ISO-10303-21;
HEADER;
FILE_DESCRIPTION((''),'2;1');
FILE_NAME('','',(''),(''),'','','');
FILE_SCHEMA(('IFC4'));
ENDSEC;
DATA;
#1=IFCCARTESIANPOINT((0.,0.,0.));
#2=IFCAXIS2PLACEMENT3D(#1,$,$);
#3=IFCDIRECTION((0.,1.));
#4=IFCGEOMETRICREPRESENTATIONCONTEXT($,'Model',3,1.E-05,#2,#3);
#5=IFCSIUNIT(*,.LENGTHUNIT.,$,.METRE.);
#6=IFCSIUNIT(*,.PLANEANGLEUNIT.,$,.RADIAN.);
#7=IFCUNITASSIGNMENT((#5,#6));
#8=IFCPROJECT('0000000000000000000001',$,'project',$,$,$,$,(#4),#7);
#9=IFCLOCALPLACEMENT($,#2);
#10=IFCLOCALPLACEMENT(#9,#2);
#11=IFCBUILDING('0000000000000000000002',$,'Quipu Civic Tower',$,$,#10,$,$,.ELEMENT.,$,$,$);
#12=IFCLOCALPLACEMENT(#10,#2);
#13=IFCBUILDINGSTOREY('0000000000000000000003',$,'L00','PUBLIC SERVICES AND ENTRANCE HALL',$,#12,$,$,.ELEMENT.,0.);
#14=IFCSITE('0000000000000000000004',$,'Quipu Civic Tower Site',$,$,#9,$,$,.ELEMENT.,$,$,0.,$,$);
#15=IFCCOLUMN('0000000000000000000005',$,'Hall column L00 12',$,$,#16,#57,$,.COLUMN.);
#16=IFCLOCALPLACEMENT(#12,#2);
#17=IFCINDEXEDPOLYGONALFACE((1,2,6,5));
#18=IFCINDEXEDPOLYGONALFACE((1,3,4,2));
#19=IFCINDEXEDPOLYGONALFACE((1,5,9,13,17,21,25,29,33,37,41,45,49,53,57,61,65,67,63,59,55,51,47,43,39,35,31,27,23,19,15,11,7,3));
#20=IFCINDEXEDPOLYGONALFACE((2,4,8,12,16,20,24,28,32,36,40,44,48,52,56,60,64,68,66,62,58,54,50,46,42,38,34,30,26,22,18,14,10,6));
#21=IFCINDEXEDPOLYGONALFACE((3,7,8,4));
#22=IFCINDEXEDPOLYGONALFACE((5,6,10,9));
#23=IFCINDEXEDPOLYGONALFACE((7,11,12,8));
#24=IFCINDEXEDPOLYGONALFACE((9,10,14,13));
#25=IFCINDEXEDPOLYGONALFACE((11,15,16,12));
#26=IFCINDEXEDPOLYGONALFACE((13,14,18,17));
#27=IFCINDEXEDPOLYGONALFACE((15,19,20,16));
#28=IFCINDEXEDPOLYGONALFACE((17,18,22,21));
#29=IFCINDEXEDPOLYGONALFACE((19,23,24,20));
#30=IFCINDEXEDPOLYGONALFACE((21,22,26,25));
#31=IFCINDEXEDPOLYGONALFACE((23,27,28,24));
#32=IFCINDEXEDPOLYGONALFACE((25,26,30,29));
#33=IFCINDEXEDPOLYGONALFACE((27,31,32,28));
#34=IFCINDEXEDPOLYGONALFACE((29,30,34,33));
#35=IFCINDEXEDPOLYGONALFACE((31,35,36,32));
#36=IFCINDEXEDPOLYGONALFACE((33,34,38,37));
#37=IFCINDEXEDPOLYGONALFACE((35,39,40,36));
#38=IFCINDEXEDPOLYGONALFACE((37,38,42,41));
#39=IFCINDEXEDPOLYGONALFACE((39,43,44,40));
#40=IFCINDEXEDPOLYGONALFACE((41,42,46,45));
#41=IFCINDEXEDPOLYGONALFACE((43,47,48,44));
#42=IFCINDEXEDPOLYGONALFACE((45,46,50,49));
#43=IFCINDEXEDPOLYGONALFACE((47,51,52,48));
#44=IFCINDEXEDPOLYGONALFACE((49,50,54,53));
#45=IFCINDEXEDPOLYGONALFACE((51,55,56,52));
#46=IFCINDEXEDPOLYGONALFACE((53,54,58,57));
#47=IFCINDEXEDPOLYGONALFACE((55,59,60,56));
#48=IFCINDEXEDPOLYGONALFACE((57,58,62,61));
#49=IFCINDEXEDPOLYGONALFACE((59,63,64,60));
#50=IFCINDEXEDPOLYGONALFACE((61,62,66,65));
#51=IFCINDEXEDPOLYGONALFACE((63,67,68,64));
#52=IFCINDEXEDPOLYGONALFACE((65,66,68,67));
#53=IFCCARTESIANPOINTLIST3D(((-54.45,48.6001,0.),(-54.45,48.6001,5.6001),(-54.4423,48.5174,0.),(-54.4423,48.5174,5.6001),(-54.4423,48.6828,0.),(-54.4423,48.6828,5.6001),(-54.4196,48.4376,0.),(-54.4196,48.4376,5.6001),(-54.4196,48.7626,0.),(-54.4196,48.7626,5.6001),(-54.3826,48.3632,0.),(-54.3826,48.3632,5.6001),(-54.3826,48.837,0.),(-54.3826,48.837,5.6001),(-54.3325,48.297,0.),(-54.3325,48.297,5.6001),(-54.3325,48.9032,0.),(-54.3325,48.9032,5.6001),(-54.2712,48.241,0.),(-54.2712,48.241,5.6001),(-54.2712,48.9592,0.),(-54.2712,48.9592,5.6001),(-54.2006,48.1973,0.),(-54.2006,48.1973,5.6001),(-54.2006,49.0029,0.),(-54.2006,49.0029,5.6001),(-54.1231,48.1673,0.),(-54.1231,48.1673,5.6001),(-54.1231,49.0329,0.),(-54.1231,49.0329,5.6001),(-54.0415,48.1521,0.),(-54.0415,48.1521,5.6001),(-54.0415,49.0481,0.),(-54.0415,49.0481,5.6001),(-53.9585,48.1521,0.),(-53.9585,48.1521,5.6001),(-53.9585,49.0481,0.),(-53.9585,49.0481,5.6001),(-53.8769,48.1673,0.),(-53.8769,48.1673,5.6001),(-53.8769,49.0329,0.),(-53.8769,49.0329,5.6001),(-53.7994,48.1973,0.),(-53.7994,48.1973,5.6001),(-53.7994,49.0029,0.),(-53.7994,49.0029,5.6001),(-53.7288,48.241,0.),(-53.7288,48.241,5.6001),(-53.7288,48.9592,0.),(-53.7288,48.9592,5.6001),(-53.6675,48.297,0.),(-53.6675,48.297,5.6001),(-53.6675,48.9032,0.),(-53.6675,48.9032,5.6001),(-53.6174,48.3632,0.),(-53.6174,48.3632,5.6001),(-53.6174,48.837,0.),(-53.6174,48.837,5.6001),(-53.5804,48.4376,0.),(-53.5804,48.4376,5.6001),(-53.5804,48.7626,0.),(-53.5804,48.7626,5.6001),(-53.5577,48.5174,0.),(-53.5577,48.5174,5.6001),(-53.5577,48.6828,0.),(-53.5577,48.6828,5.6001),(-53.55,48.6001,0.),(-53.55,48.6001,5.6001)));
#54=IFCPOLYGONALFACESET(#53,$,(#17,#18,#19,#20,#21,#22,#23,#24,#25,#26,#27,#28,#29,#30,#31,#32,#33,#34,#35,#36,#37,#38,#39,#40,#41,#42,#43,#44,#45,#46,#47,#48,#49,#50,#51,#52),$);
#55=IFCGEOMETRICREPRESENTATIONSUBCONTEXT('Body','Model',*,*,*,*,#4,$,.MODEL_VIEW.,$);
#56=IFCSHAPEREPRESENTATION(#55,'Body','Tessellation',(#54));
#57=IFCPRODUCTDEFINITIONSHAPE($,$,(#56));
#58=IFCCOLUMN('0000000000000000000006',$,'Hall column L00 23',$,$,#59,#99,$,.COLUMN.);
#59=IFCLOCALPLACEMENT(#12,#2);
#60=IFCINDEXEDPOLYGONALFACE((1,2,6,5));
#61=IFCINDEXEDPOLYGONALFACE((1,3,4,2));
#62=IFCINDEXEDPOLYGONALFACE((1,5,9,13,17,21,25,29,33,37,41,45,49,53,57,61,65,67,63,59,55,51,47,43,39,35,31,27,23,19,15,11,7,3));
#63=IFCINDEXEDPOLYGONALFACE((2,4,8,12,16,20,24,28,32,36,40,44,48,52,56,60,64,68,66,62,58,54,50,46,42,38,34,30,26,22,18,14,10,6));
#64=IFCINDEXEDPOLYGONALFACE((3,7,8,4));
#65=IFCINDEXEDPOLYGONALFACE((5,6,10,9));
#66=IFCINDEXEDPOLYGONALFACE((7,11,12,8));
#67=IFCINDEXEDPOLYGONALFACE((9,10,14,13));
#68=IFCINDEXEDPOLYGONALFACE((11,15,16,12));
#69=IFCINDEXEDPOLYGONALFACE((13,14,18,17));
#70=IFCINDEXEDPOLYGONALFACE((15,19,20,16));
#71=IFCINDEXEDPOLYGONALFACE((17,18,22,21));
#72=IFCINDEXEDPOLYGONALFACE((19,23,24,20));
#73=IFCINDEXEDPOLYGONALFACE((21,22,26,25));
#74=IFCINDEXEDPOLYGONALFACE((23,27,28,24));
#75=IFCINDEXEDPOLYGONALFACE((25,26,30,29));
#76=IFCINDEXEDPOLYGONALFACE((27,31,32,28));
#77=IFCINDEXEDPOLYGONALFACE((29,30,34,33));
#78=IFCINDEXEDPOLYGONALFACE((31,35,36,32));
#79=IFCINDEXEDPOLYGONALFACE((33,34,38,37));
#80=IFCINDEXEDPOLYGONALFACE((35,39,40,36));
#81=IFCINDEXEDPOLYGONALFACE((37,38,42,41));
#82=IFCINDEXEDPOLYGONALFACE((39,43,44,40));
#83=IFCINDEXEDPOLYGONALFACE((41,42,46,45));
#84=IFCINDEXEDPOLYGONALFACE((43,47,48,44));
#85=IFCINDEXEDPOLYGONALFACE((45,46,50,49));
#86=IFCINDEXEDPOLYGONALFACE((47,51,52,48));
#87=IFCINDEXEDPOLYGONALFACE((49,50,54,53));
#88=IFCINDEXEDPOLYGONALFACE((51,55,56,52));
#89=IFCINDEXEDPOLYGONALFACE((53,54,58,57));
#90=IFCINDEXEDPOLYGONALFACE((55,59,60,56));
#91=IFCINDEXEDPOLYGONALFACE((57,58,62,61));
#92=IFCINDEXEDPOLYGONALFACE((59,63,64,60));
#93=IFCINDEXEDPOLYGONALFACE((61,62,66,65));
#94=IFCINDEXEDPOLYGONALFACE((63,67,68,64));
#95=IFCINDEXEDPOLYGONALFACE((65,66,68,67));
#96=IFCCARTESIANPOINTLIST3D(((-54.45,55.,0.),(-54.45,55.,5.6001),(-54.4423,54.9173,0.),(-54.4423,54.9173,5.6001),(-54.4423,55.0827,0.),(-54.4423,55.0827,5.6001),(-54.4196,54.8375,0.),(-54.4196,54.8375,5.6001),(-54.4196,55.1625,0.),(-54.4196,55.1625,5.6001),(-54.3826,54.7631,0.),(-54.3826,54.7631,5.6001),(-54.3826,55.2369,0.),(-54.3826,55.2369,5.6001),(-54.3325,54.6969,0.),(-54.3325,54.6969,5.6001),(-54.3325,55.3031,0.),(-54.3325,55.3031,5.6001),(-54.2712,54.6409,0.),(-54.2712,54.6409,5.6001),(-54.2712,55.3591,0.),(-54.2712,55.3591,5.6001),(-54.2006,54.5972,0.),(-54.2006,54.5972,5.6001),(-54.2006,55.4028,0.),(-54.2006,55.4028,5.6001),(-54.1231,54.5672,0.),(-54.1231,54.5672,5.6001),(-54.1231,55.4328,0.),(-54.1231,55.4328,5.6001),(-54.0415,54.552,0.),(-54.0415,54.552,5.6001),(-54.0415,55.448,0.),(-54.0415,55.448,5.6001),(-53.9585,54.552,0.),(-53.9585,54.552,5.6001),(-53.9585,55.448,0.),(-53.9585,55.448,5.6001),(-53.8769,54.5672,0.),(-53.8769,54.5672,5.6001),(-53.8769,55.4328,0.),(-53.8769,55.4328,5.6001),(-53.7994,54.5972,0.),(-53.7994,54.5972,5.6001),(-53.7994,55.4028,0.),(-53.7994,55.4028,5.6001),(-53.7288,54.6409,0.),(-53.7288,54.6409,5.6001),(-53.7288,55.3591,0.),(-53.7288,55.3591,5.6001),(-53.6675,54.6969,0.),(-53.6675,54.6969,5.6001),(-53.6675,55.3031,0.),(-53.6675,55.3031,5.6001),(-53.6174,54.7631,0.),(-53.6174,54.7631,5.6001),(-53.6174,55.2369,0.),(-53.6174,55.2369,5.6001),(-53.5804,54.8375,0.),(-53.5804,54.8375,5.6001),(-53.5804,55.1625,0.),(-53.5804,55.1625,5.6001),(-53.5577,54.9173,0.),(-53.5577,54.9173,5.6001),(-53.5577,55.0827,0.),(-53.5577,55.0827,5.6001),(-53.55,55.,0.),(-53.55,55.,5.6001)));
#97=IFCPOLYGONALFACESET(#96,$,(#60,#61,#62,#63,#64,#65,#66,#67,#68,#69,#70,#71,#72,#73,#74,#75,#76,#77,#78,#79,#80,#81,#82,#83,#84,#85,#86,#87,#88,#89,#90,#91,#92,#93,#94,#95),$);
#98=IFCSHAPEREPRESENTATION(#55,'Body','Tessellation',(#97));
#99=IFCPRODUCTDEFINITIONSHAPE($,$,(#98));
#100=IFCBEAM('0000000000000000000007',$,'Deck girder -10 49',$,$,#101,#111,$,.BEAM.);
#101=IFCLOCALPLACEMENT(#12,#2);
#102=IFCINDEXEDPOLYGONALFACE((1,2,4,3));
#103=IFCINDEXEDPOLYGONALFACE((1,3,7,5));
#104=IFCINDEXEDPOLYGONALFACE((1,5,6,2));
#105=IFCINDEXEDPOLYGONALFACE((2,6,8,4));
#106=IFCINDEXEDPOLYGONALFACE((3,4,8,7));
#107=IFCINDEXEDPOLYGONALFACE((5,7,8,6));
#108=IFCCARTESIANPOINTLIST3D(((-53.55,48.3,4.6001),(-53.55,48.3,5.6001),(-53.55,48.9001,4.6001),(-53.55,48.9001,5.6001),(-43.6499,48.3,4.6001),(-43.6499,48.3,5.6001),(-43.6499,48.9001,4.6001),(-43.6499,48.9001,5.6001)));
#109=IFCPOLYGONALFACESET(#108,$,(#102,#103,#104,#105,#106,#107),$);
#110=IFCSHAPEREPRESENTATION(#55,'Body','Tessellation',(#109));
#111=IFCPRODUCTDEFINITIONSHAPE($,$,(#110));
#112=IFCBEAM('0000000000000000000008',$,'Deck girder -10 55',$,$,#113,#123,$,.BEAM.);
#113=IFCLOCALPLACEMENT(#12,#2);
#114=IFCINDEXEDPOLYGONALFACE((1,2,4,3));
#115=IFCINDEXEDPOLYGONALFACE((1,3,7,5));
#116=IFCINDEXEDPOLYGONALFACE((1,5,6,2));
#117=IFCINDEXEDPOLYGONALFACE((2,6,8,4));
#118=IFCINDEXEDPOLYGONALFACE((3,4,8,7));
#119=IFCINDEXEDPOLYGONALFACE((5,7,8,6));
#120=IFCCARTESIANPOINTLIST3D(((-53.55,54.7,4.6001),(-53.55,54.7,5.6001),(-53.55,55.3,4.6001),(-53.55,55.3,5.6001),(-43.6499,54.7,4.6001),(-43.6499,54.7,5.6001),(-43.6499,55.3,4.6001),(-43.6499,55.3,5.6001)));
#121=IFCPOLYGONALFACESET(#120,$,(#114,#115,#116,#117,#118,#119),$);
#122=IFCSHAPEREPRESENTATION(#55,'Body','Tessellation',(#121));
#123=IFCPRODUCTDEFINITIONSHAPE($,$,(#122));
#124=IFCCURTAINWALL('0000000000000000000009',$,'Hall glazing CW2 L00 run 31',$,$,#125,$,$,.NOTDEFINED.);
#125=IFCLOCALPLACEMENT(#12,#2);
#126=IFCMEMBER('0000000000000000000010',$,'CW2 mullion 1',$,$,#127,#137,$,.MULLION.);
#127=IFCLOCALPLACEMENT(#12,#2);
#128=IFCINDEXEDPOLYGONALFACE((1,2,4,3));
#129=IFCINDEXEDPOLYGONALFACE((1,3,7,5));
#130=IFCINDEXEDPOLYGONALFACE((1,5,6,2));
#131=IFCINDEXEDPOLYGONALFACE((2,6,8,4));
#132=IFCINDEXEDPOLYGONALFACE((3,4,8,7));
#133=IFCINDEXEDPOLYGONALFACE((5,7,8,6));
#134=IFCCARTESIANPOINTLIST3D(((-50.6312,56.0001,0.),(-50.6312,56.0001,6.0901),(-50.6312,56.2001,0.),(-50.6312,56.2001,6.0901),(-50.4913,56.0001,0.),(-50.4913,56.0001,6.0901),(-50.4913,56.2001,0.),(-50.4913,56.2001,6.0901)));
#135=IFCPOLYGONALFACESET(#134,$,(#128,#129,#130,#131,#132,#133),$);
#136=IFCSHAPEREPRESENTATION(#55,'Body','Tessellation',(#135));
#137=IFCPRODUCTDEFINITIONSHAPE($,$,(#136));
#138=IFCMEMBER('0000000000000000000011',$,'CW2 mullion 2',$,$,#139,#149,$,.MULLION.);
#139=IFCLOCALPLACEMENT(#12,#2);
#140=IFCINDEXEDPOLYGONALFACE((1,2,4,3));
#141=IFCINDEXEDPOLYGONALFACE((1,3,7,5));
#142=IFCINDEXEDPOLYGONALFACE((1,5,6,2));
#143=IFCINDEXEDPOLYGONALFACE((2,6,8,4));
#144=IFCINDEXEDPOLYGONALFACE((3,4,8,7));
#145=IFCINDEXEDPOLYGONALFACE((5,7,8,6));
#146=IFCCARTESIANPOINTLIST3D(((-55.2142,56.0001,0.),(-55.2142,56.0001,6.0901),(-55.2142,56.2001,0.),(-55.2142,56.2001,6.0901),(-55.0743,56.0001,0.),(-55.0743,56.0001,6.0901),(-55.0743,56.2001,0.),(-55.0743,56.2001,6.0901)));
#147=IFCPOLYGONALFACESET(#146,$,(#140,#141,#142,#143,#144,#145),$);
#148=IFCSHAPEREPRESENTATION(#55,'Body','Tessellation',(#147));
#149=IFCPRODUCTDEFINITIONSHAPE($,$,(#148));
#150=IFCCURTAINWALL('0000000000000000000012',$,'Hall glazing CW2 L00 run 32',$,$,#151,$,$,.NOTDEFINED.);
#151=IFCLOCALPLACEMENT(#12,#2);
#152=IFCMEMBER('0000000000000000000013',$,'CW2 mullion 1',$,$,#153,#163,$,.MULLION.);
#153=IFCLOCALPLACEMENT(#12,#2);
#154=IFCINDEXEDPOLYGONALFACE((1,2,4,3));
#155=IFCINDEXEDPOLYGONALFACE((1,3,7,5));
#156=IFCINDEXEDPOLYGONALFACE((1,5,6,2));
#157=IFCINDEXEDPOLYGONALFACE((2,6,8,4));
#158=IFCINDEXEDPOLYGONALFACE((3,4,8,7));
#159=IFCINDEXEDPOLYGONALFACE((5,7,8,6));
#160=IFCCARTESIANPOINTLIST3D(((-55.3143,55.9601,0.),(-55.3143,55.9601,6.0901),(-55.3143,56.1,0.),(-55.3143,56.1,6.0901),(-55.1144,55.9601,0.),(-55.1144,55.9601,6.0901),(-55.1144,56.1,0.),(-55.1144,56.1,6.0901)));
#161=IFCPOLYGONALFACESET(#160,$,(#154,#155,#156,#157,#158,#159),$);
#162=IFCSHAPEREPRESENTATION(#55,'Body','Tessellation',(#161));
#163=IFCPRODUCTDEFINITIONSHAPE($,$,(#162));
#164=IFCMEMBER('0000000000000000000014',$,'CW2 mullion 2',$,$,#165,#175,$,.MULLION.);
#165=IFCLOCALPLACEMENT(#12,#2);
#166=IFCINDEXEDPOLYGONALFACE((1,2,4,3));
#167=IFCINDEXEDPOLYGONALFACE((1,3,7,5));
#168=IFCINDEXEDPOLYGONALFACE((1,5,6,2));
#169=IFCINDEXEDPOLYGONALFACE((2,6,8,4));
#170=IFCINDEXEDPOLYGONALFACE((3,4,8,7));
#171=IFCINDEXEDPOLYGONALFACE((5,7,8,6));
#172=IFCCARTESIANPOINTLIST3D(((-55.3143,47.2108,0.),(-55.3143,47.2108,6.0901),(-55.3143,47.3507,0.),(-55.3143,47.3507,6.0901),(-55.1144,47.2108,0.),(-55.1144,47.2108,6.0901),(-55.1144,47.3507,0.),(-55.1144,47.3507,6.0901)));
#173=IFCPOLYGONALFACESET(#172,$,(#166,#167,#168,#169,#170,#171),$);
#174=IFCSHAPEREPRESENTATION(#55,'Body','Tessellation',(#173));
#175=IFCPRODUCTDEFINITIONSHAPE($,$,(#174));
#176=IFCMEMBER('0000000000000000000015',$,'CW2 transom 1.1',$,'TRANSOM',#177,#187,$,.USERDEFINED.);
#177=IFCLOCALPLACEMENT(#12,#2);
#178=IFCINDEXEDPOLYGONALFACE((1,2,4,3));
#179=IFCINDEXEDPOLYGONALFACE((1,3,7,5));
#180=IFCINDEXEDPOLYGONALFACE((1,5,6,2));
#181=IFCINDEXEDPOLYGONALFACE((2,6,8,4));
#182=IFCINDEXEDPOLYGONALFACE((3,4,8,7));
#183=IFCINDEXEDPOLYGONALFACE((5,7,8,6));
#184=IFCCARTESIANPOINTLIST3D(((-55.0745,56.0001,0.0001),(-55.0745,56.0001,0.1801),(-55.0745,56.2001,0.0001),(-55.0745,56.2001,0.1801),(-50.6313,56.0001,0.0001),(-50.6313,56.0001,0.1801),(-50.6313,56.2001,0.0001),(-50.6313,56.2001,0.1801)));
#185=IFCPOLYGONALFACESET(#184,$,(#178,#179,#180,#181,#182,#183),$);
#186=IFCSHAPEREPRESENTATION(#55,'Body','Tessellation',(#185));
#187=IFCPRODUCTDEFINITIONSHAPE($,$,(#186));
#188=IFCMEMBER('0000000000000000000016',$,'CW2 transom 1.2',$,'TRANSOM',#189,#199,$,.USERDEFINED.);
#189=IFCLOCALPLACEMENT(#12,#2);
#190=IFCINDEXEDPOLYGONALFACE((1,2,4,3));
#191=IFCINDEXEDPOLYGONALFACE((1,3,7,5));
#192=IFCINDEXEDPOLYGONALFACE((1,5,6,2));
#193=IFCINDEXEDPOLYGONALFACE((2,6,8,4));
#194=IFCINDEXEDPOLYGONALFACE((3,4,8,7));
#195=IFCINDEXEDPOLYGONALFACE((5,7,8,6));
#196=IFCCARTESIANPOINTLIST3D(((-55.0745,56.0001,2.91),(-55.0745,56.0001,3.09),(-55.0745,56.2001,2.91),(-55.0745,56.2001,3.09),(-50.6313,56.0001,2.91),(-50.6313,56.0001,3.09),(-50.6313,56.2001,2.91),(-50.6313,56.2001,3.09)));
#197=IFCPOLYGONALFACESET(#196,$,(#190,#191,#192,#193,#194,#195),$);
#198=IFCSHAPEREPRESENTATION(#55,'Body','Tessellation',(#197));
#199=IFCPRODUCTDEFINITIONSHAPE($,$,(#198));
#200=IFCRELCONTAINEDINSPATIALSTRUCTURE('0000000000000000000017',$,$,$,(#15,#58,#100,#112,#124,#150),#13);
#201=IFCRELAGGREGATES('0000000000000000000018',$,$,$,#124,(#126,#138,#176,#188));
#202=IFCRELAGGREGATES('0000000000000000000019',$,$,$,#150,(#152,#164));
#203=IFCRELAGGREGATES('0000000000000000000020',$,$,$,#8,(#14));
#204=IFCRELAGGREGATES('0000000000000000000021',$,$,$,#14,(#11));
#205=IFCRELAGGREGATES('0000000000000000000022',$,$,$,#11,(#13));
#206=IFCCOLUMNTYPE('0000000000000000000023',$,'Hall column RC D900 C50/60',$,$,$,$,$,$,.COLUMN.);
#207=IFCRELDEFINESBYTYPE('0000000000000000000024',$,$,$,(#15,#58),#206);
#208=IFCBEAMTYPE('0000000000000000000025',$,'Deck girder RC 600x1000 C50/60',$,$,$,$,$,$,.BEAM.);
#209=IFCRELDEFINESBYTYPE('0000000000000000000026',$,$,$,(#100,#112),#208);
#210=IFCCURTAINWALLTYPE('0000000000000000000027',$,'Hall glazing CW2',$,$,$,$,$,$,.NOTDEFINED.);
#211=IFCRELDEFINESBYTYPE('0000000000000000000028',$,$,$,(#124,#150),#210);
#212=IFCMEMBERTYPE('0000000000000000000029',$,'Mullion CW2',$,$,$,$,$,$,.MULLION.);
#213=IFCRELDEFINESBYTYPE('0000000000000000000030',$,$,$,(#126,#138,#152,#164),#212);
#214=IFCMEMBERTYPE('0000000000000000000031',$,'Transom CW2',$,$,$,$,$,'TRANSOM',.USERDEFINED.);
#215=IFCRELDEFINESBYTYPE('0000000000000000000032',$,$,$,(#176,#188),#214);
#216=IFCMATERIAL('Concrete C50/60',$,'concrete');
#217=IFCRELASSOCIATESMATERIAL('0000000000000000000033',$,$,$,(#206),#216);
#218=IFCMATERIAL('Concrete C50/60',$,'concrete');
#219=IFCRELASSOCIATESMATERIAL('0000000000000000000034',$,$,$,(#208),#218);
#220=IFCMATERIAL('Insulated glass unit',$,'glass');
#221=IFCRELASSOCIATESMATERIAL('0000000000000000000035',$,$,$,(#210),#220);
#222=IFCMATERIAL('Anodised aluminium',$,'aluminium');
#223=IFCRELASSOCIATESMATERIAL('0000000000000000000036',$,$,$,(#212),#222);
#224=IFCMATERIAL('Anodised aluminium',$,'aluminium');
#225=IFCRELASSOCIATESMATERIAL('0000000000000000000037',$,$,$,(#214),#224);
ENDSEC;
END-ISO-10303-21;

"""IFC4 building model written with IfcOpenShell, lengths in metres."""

from ifc_helpers import new_model, si_unit, direction, frame, origin, origin_2d, place, context, subcontext, project, spatial, rectangle, circle, extrude, material, material_profile, profile_set, type_object, element, aggregate, save


model = new_model("IFC4")

# Units and contexts
model_context = context("Model", 3, precision=1e-05, world=origin(), true_north=direction((0.0, 1.0)))
body_context = subcontext(model_context, "Body", "Model", "MODEL_VIEW")
ifc_project = project(units=[si_unit("LENGTHUNIT", "METRE"), si_unit("PLANEANGLEUNIT", "RADIAN")], contexts=[model_context])

# Site, building, storey
site_placement = place(None, origin())
site = spatial("IfcSite", under=ifc_project, at=site_placement, Name="Quipu Civic Tower Site", CompositionType="ELEMENT", RefElevation=0.0)
building_placement = place(site_placement, origin())
building = spatial("IfcBuilding", under=site, at=building_placement, Name="Quipu Civic Tower", CompositionType="ELEMENT")
storey_placement = place(building_placement, origin())
storey = spatial("IfcBuildingStorey", under=building, at=storey_placement, Name="L00", Description="PUBLIC SERVICES AND ENTRANCE HALL", CompositionType="ELEMENT", Elevation=0.0)

# Columns
ifc_material_1 = material(Name="Concrete C50/60", Category="concrete")
ifc_material_profile_1 = material_profile(ifc_material_1, circle(Radius=0.45, at=origin_2d()), Name="RCD900")
ifc_profile_set_1 = profile_set([ifc_material_profile_1], Name="Concrete C50/60")
column_type = type_object("IfcColumnType", Name="Hall column RC D900 C50/60", PredefinedType="COLUMN", material=ifc_profile_set_1)
for number, where, z_axis, x_axis, name in (
    (1, (-54.0, 48.6001, 0.0), (0.0, 0.0, 1.0), (1.0, 0.0, 0.0), "Hall column L00 12"),
    (2, (-54.0, 55.0, 0.0), (0.0, 0.0, 1.0), (1.0, 0.0, 0.0), "Hall column L00 23"),
):
    element("IfcColumn", number, at=place(storey_placement, frame(where, z_axis=z_axis, x_axis=x_axis)), inside=storey, type_object=column_type, Name=name, PredefinedType="COLUMN", context=body_context, shape_type="SweptSolid", body=[
        extrude(circle(Radius=0.45, at=origin_2d()), origin(), (0.0, 0.0, 1.0), 5.6001),
    ])

# Beams
ifc_material_2 = material(Name="Concrete C50/60", Category="concrete")
ifc_material_profile_2 = material_profile(ifc_material_2, rectangle(XDim=0.6001, YDim=1.0, at=origin_2d()), Name="RC600x1000")
ifc_profile_set_2 = profile_set([ifc_material_profile_2], Name="Concrete C50/60")
beam_type = type_object("IfcBeamType", Name="Deck girder RC 600x1000 C50/60", PredefinedType="BEAM", material=ifc_profile_set_2)
for number, where, z_axis, x_axis, name in (
    (3, (-53.55, 48.6001, 5.1001), (1.0, 0.0, 0.0), (0.0, 1.0, 0.0), "Deck girder -10 49"),
    (4, (-53.55, 55.0, 5.1001), (1.0, 0.0, 0.0), (0.0, 1.0, 0.0), "Deck girder -10 55"),
):
    element("IfcBeam", number, at=place(storey_placement, frame(where, z_axis=z_axis, x_axis=x_axis)), inside=storey, type_object=beam_type, Name=name, PredefinedType="BEAM", context=body_context, shape_type="SweptSolid", body=[
        extrude(rectangle(XDim=0.6001, YDim=1.0, at=origin_2d()), origin(), (0.0, 0.0, 1.0), 9.9001),
    ])

# Curtain walls, members
ifc_material_3 = material(Name="Insulated glass unit", Category="glass")
curtain_wall_type = type_object("IfcCurtainWallType", Name="Hall glazing CW2", PredefinedType="NOTDEFINED", material=ifc_material_3)
curtain_wall_1_placement = place(storey_placement, origin())
curtain_wall_1 = element("IfcCurtainWall", 5, at=curtain_wall_1_placement, inside=storey, type_object=curtain_wall_type, Name="Hall glazing CW2 L00 run 31", PredefinedType="NOTDEFINED")
ifc_material_4 = material(Name="Anodised aluminium", Category="aluminium")
ifc_material_profile_3 = material_profile(ifc_material_4, rectangle(XDim=0.2, YDim=0.1399, at=origin_2d()), Name="RECT 200x140")
ifc_profile_set_3 = profile_set([ifc_material_profile_3], Name="Anodised aluminium")
member_type_1 = type_object("IfcMemberType", Name="Mullion CW2", PredefinedType="MULLION", material=ifc_profile_set_3)
member_1_placement = place(storey_placement, frame((-50.5613, 56.1001, 0.0), z_axis=(0.0, 0.0, 1.0), x_axis=(0.0, -1.0, 0.0)))
member_1 = element("IfcMember", 6, at=member_1_placement, type_object=member_type_1, Name="CW2 mullion 1", PredefinedType="MULLION", context=body_context, shape_type="SweptSolid", body=[
    extrude(rectangle(XDim=0.2, YDim=0.1399, at=origin_2d()), origin(), (0.0, 0.0, 1.0), 6.0901),
])
member_2_placement = place(storey_placement, frame((-55.1443, 56.1001, 0.0), z_axis=(0.0, 0.0, 1.0), x_axis=(0.0, -1.0, 0.0)))
member_2 = element("IfcMember", 7, at=member_2_placement, type_object=member_type_1, Name="CW2 mullion 2", PredefinedType="MULLION", context=body_context, shape_type="SweptSolid", body=[
    extrude(rectangle(XDim=0.2, YDim=0.1399, at=origin_2d()), origin(), (0.0, 0.0, 1.0), 6.0901),
])
curtain_wall_2_placement = place(storey_placement, origin())
curtain_wall_2 = element("IfcCurtainWall", 8, at=curtain_wall_2_placement, inside=storey, type_object=curtain_wall_type, Name="Hall glazing CW2 L00 run 32", PredefinedType="NOTDEFINED")
member_3_placement = place(storey_placement, frame((-55.2144, 56.03, 0.0), z_axis=(0.0, 0.0, 1.0), x_axis=(1.0, 0.0, 0.0)))
member_3 = element("IfcMember", 9, at=member_3_placement, type_object=member_type_1, Name="CW2 mullion 1", PredefinedType="MULLION", context=body_context, shape_type="SweptSolid", body=[
    extrude(rectangle(XDim=0.2, YDim=0.1399, at=origin_2d()), origin(), (0.0, 0.0, 1.0), 6.0901),
])
member_4_placement = place(storey_placement, frame((-55.2144, 47.2808, 0.0), z_axis=(0.0, 0.0, 1.0), x_axis=(1.0, 0.0, 0.0)))
member_4 = element("IfcMember", 10, at=member_4_placement, type_object=member_type_1, Name="CW2 mullion 2", PredefinedType="MULLION", context=body_context, shape_type="SweptSolid", body=[
    extrude(rectangle(XDim=0.2, YDim=0.1399, at=origin_2d()), origin(), (0.0, 0.0, 1.0), 6.0901),
])

# Members
ifc_material_5 = material(Name="Anodised aluminium", Category="aluminium")
ifc_material_profile_4 = material_profile(ifc_material_5, rectangle(XDim=0.2, YDim=0.1799, at=origin_2d()), Name="RECT 200x180")
ifc_profile_set_4 = profile_set([ifc_material_profile_4], Name="Anodised aluminium")
member_type_2 = type_object("IfcMemberType", Name="Transom CW2", ElementType="TRANSOM", PredefinedType="USERDEFINED", material=ifc_profile_set_4)
member_5_placement = place(storey_placement, frame((-50.6313, 56.1001, 0.0901), z_axis=(-1.0, 0.0, 0.0), x_axis=(0.0, -1.0, 0.0)))
member_5 = element("IfcMember", 11, at=member_5_placement, type_object=member_type_2, Name="CW2 transom 1.1", ObjectType="TRANSOM", PredefinedType="USERDEFINED", context=body_context, shape_type="SweptSolid", body=[
    extrude(rectangle(XDim=0.2, YDim=0.1799, at=origin_2d()), origin(), (0.0, 0.0, 1.0), 4.4431),
])
member_6_placement = place(storey_placement, frame((-50.6313, 56.1001, 3.0), z_axis=(-1.0, 0.0, 0.0), x_axis=(0.0, -1.0, 0.0)))
member_6 = element("IfcMember", 12, at=member_6_placement, type_object=member_type_2, Name="CW2 transom 1.2", ObjectType="TRANSOM", PredefinedType="USERDEFINED", context=body_context, shape_type="SweptSolid", body=[
    extrude(rectangle(XDim=0.2, YDim=0.1799, at=origin_2d()), origin(), (0.0, 0.0, 1.0), 4.4431),
])

aggregate(curtain_wall_1, [member_1, member_2, member_5, member_6])
aggregate(curtain_wall_2, [member_3, member_4])

save(model, "model.ifc")
